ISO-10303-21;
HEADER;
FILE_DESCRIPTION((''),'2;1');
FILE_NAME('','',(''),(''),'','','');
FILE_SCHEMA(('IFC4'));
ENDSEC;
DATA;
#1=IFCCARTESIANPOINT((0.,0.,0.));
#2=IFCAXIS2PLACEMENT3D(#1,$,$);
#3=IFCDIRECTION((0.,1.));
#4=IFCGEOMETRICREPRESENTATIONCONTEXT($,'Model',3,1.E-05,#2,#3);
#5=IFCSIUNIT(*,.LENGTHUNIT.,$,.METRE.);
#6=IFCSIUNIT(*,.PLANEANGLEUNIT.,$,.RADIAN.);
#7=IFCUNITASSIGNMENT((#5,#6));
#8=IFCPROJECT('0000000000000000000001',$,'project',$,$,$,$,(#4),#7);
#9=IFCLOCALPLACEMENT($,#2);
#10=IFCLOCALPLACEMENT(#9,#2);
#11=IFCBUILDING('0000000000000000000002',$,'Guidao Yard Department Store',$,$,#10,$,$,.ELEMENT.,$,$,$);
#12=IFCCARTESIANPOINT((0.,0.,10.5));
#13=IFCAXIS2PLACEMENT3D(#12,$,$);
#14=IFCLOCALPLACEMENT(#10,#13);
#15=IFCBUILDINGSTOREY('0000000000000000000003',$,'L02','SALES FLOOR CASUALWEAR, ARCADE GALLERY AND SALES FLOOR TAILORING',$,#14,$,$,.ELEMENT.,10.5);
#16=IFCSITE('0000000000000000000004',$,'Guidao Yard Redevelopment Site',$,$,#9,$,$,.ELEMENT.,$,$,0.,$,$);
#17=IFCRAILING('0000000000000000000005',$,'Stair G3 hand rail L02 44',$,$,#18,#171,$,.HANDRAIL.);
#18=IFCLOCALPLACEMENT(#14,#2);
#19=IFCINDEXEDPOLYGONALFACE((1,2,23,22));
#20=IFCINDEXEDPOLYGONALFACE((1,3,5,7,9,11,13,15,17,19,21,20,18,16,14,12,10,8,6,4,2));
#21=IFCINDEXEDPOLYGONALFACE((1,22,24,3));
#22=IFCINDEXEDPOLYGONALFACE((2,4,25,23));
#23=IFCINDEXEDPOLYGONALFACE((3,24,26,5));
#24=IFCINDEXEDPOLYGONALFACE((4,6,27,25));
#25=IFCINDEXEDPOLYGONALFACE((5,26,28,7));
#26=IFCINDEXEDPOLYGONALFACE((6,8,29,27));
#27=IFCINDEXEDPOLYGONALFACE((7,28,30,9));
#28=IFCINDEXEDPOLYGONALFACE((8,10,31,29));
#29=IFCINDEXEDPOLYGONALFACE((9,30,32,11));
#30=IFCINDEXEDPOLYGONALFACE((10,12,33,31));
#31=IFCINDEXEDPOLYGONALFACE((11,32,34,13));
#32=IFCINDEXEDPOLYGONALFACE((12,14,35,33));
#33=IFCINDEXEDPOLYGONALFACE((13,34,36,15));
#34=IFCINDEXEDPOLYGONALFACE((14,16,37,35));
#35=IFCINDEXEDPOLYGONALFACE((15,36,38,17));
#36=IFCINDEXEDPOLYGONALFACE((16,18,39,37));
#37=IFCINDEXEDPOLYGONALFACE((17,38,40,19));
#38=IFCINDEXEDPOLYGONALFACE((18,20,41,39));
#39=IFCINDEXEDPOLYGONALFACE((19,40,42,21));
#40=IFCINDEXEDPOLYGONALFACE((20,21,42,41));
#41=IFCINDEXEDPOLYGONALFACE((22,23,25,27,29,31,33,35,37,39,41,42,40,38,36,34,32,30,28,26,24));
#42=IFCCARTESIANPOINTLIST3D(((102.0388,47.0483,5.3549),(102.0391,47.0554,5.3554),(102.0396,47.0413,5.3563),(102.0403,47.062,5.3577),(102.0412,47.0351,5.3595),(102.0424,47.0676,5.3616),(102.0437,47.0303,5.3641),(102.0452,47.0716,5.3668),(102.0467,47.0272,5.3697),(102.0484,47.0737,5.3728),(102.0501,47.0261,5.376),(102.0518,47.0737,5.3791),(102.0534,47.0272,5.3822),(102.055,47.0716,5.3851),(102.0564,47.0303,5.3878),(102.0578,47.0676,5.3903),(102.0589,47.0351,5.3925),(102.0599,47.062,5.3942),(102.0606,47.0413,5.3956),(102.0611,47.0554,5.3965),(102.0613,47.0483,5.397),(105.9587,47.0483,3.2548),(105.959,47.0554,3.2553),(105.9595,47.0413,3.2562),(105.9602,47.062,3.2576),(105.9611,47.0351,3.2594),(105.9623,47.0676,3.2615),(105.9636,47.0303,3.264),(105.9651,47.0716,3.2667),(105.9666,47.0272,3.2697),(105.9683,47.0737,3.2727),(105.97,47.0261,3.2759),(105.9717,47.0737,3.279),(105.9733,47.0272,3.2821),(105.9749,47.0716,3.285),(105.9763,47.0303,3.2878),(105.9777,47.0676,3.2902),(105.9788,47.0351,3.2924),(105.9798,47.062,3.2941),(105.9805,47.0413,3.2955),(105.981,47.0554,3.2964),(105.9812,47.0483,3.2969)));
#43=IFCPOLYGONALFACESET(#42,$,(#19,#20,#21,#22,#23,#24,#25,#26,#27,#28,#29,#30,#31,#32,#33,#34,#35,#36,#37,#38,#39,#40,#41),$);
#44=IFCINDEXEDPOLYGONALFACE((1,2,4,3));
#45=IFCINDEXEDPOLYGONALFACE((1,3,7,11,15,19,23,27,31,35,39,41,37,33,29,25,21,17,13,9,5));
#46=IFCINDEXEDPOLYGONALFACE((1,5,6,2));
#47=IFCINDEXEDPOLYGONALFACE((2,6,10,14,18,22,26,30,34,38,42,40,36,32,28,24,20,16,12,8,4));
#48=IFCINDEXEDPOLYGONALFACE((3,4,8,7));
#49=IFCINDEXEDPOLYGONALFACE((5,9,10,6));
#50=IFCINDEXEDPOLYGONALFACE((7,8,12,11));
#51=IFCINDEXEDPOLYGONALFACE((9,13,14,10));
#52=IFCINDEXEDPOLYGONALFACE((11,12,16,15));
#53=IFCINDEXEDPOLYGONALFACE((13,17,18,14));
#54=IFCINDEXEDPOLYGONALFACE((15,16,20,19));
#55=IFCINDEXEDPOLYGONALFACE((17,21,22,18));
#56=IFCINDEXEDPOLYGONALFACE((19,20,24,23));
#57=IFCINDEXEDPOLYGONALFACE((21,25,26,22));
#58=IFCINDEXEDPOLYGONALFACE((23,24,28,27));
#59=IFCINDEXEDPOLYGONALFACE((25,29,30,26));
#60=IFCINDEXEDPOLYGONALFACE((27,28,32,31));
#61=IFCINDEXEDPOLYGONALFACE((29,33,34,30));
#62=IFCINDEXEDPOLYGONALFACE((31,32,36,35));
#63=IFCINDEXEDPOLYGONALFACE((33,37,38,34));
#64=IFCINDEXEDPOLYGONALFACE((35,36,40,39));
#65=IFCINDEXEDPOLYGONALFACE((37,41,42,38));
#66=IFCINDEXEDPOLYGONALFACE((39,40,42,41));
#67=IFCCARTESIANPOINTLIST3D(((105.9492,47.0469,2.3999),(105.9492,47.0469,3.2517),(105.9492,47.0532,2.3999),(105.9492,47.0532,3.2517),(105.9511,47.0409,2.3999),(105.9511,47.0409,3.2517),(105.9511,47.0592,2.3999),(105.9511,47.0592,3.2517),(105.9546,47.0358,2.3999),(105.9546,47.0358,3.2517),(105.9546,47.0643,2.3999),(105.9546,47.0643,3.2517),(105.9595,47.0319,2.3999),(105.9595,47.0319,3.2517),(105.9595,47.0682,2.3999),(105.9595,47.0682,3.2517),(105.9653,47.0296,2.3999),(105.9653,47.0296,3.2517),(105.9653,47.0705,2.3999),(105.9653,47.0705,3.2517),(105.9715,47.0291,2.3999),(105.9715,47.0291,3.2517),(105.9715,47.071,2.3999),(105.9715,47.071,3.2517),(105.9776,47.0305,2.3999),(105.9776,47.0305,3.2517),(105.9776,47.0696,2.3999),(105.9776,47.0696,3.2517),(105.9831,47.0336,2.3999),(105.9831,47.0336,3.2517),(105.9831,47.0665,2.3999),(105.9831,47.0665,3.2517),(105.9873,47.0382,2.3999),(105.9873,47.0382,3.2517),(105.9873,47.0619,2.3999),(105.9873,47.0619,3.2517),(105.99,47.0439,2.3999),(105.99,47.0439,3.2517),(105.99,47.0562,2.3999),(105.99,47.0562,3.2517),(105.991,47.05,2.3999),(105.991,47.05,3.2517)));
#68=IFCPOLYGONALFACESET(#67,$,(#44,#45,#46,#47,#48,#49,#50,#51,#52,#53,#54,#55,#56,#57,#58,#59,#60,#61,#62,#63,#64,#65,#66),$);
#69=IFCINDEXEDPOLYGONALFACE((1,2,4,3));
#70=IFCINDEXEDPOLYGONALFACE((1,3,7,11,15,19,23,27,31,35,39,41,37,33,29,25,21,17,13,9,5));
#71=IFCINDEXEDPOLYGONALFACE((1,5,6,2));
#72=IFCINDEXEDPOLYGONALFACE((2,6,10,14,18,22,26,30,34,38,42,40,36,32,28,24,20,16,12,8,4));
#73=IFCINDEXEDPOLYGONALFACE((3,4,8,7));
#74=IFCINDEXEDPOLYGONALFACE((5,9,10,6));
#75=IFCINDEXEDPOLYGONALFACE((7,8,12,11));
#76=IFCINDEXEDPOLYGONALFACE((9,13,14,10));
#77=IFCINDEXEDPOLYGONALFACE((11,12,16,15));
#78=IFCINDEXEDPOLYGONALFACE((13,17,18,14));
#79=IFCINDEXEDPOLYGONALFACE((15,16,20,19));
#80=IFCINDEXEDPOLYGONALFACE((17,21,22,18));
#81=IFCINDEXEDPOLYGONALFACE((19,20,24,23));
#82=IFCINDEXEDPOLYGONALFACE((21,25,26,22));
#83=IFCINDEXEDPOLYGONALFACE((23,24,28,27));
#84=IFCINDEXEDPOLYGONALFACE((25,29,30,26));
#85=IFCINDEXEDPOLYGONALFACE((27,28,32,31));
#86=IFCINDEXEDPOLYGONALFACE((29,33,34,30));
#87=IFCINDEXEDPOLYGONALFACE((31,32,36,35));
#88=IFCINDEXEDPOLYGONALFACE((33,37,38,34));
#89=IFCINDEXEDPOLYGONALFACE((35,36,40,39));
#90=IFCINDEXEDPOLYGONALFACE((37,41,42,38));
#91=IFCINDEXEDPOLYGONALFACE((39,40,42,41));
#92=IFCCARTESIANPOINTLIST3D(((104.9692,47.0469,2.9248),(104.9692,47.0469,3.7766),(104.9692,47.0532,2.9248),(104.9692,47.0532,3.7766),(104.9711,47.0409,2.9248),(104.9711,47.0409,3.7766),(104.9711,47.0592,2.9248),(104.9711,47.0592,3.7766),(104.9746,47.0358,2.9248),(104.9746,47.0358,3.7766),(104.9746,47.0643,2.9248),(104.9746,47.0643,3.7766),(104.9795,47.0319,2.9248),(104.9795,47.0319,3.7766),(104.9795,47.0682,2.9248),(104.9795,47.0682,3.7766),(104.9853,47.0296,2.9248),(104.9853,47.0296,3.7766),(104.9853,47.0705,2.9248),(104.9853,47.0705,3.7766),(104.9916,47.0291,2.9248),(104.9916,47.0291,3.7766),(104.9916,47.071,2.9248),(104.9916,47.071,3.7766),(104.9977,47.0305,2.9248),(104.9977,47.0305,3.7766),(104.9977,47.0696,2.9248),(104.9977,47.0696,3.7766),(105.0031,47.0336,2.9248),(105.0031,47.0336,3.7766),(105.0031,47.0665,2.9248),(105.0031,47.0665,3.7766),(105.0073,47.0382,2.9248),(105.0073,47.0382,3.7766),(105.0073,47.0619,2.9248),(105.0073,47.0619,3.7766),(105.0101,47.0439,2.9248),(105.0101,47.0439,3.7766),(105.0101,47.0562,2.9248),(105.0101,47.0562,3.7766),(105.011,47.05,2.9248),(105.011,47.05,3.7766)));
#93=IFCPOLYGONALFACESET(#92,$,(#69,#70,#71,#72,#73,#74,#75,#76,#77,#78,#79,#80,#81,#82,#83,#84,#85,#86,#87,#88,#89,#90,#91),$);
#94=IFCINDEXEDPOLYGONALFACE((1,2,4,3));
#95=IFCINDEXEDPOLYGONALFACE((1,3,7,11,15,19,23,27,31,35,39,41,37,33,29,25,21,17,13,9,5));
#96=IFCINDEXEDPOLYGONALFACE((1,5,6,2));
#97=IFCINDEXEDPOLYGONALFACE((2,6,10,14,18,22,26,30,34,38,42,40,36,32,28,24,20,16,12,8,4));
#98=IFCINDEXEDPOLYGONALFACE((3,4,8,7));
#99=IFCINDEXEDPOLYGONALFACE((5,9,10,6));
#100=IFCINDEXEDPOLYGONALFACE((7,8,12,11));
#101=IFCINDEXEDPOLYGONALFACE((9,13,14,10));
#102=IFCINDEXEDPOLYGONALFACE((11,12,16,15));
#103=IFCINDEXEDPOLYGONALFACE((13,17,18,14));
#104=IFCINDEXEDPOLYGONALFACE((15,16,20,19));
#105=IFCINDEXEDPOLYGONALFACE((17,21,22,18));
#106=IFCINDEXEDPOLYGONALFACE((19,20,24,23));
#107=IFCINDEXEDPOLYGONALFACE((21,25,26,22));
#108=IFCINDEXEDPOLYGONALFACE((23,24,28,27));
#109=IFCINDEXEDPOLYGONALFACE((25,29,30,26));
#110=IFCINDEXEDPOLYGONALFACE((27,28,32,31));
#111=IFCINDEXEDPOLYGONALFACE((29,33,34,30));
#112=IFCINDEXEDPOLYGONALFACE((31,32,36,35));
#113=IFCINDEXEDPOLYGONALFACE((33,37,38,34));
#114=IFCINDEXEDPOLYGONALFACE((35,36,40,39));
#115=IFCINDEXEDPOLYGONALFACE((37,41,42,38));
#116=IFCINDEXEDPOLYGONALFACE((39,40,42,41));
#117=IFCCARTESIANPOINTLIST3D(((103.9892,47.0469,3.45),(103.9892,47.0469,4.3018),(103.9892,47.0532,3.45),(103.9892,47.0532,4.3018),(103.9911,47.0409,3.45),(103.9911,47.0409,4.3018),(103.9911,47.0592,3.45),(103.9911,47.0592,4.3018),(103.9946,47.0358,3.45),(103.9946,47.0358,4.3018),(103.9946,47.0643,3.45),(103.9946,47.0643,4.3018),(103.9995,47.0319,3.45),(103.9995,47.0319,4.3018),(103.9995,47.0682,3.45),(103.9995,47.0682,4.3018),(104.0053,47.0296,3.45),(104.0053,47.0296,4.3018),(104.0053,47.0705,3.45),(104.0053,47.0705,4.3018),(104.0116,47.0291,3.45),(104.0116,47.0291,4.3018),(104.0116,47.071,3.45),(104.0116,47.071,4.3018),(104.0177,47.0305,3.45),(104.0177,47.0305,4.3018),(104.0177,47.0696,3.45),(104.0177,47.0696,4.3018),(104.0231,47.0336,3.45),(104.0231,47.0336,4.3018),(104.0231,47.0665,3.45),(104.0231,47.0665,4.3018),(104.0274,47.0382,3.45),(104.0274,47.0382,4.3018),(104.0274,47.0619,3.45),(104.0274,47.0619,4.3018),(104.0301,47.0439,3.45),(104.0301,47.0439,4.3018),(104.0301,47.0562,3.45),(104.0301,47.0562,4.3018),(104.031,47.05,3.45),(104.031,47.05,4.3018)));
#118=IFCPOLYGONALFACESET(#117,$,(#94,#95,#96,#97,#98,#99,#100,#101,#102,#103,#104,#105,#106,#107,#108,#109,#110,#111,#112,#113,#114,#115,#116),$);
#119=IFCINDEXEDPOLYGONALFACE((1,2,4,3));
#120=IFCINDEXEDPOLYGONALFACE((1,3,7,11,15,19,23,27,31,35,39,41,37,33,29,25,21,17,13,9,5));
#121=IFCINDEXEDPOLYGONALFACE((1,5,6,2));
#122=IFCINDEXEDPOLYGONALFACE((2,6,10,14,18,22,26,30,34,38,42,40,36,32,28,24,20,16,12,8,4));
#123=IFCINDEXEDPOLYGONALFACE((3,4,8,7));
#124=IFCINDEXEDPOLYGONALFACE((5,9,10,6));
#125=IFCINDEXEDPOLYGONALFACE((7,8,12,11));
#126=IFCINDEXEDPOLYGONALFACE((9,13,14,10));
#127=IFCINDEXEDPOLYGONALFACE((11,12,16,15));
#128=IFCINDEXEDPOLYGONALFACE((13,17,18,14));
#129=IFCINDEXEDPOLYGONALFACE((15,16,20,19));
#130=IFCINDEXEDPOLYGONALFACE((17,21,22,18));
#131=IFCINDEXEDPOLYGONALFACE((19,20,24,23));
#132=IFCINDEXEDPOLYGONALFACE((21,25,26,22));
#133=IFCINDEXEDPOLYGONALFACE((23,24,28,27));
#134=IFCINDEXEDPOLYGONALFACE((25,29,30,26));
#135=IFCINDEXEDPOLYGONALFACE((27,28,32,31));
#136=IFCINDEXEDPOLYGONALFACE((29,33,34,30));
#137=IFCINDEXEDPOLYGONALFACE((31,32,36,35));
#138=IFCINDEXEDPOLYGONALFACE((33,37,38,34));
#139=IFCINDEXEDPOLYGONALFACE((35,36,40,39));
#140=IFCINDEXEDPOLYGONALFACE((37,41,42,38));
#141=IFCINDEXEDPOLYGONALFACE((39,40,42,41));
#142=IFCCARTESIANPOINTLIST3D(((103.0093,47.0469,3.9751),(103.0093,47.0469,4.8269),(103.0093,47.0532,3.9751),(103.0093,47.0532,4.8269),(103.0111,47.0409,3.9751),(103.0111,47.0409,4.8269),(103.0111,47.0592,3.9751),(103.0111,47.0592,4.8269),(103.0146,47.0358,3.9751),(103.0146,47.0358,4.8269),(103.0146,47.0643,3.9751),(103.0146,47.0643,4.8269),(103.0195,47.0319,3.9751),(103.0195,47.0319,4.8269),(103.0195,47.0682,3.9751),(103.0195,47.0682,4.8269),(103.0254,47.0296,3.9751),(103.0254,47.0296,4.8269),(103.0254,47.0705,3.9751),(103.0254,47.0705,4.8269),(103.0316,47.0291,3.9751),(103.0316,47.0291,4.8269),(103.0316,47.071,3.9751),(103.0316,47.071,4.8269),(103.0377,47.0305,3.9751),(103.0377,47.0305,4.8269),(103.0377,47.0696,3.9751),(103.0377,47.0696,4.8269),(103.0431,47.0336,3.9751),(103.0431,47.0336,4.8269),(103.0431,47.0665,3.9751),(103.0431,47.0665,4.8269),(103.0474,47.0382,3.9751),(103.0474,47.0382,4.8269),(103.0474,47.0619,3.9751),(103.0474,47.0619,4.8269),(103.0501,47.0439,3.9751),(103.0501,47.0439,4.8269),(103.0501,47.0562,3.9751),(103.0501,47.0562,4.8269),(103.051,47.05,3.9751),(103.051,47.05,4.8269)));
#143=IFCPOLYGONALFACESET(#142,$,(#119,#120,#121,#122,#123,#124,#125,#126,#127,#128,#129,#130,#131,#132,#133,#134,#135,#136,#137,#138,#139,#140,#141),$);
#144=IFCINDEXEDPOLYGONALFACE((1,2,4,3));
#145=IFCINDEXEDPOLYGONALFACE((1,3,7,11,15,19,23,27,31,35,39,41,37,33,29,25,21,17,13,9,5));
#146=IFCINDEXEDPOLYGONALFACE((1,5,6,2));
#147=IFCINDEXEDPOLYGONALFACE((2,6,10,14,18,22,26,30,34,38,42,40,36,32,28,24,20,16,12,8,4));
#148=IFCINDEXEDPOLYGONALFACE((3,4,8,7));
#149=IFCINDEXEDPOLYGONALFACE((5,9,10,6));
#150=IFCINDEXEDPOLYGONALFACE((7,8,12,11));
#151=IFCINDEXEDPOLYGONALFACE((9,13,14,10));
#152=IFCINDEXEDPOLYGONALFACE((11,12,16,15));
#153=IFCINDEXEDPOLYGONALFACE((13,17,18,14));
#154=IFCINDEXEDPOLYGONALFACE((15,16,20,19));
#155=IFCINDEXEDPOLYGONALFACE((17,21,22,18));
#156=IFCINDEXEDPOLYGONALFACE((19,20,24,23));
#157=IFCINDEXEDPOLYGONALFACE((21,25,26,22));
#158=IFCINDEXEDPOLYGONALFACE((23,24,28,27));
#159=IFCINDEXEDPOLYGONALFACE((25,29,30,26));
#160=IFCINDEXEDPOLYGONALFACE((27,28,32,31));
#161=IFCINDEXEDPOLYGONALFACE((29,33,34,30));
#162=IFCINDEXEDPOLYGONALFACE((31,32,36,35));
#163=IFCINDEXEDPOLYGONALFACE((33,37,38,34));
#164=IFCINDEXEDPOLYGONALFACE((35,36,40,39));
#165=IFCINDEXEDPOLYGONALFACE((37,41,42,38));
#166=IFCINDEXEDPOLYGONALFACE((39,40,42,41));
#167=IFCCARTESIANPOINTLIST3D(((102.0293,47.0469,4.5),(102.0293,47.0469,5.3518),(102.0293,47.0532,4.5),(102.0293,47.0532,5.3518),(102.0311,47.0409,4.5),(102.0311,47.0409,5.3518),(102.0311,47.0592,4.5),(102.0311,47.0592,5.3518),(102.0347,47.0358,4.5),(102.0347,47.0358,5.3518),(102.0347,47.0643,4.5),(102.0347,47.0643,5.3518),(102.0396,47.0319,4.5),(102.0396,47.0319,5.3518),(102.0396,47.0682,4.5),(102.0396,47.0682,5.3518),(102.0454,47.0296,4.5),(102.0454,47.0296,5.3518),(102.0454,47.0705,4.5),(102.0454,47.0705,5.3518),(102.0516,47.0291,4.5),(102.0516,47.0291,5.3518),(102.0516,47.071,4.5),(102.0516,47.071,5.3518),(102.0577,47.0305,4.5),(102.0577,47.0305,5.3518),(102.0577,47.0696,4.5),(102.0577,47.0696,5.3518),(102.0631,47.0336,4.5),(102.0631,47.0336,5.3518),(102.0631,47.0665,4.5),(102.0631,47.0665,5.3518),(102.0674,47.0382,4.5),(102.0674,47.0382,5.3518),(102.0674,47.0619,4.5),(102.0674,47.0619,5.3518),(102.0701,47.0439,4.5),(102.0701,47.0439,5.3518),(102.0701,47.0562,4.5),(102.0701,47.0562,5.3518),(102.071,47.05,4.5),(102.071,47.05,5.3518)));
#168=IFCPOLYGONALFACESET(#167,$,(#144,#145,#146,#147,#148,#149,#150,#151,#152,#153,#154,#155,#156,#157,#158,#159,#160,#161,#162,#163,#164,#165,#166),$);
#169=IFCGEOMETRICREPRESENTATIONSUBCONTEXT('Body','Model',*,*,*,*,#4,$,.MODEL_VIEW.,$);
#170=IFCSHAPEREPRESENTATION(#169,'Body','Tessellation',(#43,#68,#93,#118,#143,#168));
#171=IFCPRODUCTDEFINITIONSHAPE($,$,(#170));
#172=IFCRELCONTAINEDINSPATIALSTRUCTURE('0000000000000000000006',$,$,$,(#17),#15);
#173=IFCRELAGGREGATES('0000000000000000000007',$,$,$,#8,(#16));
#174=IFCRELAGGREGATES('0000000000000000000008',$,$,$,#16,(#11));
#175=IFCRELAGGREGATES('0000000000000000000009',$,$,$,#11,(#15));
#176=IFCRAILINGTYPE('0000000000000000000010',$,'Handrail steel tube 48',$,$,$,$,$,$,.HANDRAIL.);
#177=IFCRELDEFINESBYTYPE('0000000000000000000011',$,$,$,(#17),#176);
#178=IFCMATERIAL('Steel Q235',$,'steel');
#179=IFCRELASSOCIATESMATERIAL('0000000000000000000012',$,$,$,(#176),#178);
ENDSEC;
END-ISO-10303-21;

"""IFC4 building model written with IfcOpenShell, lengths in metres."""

from ifc_helpers import new_model, si_unit, direction, frame, origin, origin_2d, place, context, subcontext, project, spatial, circle, extrude, material, type_object, element, save


model = new_model("IFC4")

# Units and contexts
model_context = context("Model", 3, precision=1e-05, world=origin(), true_north=direction((0.0, 1.0)))
body_context = subcontext(model_context, "Body", "Model", "MODEL_VIEW")
ifc_project = project(units=[si_unit("LENGTHUNIT", "METRE"), si_unit("PLANEANGLEUNIT", "RADIAN")], contexts=[model_context])

# Site, building, storey
site_placement = place(None, origin())
site = spatial("IfcSite", under=ifc_project, at=site_placement, Name="Guidao Yard Redevelopment Site", CompositionType="ELEMENT", RefElevation=0.0)
building_placement = place(site_placement, origin())
building = spatial("IfcBuilding", under=site, at=building_placement, Name="Guidao Yard Department Store", CompositionType="ELEMENT")
storey_placement = place(building_placement, frame((0.0, 0.0, 10.5)))
storey = spatial("IfcBuildingStorey", under=building, at=storey_placement, Name="L02", Description="SALES FLOOR CASUALWEAR, ARCADE GALLERY AND SALES FLOOR TAILORING", CompositionType="ELEMENT", Elevation=10.5)

# Railing
ifc_material_1 = material(Name="Steel Q235", Category="steel")
railing_type_1 = type_object("IfcRailingType", Name="Handrail steel tube 48", PredefinedType="HANDRAIL", material=ifc_material_1)
for number, where, name in (
    (1, (105.97, 47.05, 2.3999), "Stair G3 hand rail L02 44"),
):
    element("IfcRailing", number, at=place(storey_placement, frame(where)), inside=storey, type_object=railing_type_1, Name=name, PredefinedType="HANDRAIL", context=body_context, shape_type="SweptSolid", body=[
        extrude(circle(Radius=0.0239, at=origin_2d()), frame((0.0, 0.0, 0.876), z_axis=(-0.881467, 0.0, 0.472246), x_axis=(0.0, -1.0, 0.0)), (0.0, 0.0, 1.0), 4.447),
        extrude(circle(Radius=0.021, at=origin_2d()), origin(), (0.0, 0.0, 1.0), 0.8518),
        extrude(circle(Radius=0.021, at=origin_2d()), frame((-0.98, 0.0, 0.5249)), (0.0, 0.0, 1.0), 0.8518),
        extrude(circle(Radius=0.021, at=origin_2d()), frame((-1.96, 0.0, 1.05)), (0.0, 0.0, 1.0), 0.8518),
        extrude(circle(Radius=0.021, at=origin_2d()), frame((-2.9399, 0.0, 1.5752)), (0.0, 0.0, 1.0), 0.8518),
        extrude(circle(Radius=0.021, at=origin_2d()), frame((-3.9199, 0.0, 2.1001)), (0.0, 0.0, 1.0), 0.8518),
    ])

save(model, "model.ifc")
